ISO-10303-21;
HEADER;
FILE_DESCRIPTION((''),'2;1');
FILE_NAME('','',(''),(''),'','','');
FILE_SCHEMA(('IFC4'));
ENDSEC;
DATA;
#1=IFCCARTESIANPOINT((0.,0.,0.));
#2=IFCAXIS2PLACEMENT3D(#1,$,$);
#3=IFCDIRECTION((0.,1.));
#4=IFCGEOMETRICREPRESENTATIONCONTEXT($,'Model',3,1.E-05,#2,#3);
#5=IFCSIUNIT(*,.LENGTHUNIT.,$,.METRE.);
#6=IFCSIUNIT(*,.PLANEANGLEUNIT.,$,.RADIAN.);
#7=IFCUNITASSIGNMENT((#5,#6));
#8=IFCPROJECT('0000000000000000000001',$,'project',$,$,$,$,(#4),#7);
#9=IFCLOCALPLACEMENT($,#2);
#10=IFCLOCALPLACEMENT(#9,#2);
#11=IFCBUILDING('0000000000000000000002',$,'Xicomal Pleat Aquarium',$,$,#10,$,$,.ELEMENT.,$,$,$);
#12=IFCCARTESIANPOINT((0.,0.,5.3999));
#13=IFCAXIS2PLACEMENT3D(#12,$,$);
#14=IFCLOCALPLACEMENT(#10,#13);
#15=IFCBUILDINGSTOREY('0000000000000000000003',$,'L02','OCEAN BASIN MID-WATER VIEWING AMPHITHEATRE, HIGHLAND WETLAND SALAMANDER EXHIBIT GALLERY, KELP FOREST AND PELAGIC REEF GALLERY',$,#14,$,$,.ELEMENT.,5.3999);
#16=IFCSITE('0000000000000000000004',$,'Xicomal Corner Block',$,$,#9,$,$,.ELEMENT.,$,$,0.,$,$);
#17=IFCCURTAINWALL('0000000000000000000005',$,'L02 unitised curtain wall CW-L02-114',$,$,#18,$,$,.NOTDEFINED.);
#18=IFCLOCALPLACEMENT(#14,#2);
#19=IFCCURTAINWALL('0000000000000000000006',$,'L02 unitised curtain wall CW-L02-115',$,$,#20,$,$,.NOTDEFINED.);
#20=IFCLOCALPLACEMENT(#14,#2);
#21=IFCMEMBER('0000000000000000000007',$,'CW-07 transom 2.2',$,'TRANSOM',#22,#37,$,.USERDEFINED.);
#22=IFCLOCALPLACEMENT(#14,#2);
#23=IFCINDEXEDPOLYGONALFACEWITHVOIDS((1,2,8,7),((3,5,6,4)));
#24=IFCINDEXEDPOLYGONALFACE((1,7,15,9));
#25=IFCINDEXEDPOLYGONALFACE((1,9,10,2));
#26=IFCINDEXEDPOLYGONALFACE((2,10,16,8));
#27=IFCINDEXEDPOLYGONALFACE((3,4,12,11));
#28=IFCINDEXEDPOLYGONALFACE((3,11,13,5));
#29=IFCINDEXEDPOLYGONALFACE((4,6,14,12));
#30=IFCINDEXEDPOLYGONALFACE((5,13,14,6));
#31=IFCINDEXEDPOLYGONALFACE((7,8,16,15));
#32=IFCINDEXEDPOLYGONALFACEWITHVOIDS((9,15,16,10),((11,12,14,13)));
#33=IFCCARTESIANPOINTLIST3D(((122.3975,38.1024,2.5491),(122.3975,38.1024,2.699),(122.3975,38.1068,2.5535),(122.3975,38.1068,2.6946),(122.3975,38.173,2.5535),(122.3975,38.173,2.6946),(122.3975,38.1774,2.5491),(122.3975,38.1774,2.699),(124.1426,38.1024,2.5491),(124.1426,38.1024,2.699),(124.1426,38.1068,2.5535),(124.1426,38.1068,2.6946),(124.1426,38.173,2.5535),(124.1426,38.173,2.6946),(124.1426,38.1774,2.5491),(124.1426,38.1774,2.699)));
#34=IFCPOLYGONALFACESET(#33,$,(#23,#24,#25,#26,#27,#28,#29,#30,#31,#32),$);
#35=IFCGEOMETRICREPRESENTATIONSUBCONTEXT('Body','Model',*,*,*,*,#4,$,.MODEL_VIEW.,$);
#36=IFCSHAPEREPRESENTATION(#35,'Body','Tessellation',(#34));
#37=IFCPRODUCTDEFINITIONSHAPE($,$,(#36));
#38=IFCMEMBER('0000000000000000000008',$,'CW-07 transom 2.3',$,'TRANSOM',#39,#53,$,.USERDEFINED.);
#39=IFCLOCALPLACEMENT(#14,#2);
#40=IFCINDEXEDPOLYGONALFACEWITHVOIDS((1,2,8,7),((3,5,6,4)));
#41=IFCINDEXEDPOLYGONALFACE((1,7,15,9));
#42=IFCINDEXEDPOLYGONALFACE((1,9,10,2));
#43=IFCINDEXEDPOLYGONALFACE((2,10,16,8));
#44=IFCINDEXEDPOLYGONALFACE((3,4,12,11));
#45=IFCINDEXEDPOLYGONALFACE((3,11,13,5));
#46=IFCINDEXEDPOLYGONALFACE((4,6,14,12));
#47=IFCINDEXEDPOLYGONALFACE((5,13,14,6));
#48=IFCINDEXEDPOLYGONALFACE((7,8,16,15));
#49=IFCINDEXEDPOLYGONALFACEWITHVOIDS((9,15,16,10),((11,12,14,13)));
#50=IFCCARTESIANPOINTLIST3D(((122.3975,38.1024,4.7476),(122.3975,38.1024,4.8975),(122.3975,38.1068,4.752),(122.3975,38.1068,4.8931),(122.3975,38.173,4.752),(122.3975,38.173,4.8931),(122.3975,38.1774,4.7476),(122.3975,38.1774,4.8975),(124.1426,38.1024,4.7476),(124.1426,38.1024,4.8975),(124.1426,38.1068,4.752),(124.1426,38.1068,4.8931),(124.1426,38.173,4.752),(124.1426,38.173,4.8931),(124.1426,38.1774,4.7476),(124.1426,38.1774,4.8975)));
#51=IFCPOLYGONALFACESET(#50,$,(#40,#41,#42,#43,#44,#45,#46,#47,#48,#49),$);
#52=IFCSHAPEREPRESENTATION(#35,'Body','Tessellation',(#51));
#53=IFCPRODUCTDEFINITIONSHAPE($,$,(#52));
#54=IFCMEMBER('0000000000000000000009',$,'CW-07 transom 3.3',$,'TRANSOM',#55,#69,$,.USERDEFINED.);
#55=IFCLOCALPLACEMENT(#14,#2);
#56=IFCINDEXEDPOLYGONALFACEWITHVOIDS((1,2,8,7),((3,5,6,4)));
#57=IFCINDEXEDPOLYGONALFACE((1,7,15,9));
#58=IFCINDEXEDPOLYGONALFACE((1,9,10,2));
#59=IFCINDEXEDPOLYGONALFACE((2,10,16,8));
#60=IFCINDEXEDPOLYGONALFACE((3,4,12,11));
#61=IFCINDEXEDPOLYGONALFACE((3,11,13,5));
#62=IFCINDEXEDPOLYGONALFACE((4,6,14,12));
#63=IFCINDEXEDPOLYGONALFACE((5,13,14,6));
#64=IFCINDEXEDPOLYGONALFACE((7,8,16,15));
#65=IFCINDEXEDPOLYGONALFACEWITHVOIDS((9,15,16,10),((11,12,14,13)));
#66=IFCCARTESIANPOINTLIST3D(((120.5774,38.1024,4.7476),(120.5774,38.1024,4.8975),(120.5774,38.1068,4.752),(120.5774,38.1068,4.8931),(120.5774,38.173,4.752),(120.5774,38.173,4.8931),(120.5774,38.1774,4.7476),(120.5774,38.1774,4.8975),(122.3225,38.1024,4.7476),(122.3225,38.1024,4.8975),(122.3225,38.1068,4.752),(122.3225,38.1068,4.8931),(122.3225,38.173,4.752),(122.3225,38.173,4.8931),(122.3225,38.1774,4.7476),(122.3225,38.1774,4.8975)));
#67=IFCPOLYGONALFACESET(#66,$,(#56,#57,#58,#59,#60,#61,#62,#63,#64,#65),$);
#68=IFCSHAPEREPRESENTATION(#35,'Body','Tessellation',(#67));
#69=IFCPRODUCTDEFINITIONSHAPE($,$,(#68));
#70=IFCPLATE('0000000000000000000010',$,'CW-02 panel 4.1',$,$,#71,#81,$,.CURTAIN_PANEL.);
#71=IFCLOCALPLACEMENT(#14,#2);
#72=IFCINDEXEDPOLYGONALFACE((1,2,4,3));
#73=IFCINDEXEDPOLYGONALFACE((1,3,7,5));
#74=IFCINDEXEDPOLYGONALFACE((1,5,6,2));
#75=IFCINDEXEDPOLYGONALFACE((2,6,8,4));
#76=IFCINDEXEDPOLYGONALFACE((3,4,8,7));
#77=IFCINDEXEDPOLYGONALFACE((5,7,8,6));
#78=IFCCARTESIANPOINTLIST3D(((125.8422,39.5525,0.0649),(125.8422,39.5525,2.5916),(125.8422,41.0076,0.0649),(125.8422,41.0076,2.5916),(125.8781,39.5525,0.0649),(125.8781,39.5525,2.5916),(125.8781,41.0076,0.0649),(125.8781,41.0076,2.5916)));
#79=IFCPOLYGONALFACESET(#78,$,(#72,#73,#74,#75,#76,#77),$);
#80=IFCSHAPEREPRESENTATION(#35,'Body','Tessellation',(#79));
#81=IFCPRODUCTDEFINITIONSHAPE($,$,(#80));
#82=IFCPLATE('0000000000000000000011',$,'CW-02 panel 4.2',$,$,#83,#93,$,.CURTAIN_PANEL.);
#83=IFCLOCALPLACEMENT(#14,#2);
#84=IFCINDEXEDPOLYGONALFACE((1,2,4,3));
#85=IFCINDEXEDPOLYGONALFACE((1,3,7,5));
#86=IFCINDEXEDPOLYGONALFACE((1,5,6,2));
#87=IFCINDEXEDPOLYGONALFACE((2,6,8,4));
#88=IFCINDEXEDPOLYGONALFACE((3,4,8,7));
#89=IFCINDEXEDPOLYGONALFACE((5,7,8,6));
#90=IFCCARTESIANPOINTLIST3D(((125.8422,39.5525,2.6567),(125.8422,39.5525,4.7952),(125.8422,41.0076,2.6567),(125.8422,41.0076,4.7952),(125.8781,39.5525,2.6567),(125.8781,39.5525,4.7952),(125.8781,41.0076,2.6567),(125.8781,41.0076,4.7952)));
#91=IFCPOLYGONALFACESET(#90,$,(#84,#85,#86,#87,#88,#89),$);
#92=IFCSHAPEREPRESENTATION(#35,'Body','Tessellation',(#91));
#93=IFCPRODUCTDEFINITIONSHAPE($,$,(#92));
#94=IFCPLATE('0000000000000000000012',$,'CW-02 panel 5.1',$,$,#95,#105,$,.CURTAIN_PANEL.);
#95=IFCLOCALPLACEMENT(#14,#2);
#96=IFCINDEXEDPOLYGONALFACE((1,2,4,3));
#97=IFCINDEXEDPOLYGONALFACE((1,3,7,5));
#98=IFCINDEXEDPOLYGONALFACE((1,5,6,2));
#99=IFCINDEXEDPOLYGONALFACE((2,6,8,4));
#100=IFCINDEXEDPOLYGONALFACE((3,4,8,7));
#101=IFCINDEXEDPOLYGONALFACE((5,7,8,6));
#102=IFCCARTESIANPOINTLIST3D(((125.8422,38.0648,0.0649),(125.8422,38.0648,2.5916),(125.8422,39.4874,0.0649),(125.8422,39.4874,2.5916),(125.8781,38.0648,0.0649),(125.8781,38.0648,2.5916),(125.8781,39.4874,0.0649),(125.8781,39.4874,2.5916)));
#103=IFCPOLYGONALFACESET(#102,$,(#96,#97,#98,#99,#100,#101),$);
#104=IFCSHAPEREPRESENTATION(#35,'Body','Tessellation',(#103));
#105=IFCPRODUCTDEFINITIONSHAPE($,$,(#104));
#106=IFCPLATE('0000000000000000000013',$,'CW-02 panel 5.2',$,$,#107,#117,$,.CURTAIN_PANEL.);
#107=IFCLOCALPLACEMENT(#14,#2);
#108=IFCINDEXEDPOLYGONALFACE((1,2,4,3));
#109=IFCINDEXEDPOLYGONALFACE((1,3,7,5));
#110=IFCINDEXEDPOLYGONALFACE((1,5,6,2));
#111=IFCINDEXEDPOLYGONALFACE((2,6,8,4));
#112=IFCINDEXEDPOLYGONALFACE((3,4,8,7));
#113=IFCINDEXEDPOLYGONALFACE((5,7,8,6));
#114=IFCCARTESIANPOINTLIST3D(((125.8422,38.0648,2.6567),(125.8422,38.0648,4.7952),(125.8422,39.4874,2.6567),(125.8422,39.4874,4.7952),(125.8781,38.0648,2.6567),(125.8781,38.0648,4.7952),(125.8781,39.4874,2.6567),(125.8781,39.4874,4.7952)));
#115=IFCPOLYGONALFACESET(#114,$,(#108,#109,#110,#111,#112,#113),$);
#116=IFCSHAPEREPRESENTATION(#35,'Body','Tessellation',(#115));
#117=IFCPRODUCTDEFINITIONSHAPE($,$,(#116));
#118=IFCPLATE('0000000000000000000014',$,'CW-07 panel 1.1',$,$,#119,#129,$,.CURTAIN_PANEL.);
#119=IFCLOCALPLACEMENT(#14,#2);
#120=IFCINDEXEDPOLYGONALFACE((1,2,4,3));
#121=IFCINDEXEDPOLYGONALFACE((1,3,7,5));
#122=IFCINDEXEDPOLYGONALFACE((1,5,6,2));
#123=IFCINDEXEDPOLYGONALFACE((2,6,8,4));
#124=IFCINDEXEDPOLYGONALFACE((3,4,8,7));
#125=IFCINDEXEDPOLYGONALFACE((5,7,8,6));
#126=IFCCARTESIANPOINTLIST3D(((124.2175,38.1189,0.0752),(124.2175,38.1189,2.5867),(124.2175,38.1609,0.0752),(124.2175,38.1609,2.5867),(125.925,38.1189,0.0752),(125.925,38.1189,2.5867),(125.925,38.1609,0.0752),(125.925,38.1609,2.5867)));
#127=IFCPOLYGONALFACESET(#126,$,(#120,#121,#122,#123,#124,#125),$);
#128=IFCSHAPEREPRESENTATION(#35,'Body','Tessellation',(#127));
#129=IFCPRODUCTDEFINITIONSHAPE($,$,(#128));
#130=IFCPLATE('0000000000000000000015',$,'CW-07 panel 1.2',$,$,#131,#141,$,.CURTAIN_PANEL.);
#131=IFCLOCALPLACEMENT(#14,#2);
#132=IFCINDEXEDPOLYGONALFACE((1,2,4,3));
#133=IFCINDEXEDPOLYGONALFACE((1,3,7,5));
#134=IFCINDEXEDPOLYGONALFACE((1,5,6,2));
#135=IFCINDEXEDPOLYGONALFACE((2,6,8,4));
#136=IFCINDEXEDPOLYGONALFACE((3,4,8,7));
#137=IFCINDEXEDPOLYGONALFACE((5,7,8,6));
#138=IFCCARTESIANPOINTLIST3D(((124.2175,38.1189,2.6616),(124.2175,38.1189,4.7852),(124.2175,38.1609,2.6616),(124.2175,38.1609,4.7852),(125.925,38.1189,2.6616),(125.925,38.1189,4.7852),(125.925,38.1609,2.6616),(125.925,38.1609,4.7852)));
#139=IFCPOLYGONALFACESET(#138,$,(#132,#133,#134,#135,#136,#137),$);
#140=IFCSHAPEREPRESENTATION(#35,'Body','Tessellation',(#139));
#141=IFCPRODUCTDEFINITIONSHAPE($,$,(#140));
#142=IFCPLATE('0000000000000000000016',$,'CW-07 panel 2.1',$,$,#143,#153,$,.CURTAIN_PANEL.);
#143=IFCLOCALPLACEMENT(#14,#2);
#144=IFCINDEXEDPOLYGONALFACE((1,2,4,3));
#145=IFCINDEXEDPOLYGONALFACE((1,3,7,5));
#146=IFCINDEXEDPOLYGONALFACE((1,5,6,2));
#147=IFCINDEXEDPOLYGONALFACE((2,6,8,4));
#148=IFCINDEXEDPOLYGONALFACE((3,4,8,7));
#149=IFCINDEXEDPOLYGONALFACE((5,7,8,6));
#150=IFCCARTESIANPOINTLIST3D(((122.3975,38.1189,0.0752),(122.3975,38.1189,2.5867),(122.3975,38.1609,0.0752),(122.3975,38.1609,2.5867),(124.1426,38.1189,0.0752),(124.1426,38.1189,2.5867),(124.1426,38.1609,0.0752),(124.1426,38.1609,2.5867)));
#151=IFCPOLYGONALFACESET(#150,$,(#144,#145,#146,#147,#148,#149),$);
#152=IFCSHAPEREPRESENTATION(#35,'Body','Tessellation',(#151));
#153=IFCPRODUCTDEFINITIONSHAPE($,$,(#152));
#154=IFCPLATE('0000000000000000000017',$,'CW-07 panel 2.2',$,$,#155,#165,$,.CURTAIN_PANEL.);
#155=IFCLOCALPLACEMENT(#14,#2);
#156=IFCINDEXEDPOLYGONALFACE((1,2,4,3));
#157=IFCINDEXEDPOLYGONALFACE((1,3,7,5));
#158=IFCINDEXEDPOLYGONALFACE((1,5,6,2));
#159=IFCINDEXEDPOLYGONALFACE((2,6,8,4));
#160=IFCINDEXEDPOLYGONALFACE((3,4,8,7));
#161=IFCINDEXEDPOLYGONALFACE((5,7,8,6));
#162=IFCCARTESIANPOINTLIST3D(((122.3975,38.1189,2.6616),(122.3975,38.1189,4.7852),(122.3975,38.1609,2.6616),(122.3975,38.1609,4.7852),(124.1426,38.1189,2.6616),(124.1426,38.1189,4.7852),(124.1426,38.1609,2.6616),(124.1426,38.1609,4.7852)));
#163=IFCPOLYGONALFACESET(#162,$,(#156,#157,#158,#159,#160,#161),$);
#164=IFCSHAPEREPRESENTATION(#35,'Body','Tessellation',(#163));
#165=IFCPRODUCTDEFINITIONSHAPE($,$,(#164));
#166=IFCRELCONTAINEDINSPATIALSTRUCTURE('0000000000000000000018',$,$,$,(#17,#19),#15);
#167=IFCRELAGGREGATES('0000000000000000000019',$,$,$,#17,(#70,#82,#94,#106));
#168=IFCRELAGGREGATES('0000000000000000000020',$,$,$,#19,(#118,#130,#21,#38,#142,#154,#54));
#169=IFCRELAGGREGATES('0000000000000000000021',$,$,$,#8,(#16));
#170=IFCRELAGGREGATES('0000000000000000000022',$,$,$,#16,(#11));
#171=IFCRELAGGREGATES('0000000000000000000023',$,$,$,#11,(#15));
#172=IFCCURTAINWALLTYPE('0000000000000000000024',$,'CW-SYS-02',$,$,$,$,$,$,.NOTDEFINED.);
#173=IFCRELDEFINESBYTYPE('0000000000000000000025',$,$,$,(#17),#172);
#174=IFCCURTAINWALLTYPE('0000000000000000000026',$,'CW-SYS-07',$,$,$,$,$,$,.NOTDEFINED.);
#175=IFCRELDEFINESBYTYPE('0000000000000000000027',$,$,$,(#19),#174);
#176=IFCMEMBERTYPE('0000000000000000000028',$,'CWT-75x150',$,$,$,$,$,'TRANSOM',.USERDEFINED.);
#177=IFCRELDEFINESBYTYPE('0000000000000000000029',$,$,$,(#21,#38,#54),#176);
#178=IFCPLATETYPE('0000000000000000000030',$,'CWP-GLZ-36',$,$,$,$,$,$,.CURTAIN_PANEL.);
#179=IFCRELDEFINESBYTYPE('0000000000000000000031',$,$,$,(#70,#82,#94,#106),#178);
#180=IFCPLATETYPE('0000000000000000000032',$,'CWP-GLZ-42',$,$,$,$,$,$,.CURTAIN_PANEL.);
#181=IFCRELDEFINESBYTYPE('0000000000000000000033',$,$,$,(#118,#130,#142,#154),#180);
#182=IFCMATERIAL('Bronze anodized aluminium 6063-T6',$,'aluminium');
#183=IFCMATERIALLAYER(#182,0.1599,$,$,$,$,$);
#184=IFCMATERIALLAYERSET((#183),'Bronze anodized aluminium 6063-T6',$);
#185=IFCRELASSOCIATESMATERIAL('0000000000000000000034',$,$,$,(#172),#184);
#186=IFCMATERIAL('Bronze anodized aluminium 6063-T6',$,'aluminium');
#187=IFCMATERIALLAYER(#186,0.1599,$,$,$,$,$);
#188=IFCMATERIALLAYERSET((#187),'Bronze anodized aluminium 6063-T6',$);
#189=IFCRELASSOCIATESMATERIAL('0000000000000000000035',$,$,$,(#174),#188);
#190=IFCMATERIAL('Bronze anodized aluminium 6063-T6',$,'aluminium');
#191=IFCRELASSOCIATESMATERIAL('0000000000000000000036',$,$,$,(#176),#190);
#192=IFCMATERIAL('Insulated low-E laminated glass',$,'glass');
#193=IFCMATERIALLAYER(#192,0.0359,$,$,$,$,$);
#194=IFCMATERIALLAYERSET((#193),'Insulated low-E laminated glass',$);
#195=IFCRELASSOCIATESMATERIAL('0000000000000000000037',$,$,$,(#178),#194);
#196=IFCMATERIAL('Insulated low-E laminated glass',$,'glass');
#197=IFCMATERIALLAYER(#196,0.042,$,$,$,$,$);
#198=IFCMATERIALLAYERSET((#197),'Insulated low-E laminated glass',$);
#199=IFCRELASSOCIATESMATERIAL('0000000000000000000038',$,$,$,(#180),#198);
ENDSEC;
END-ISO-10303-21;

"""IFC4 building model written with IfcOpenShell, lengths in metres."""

from ifc_helpers import new_model, si_unit, direction, frame, origin, origin_2d, place, context, subcontext, project, spatial, rectangle, hollow_rectangle, extrude, material, layer, layer_set, material_profile, profile_set, type_object, element, aggregate, save


model = new_model("IFC4")

# Units and contexts
model_context = context("Model", 3, precision=1e-05, world=origin(), true_north=direction((0.0, 1.0)))
body_context = subcontext(model_context, "Body", "Model", "MODEL_VIEW")
ifc_project = project(units=[si_unit("LENGTHUNIT", "METRE"), si_unit("PLANEANGLEUNIT", "RADIAN")], contexts=[model_context])

# Site, building, storey
site_placement = place(None, origin())
site = spatial("IfcSite", under=ifc_project, at=site_placement, Name="Xicomal Corner Block", CompositionType="ELEMENT", RefElevation=0.0)
building_placement = place(site_placement, origin())
building = spatial("IfcBuilding", under=site, at=building_placement, Name="Xicomal Pleat Aquarium", CompositionType="ELEMENT")
storey_placement = place(building_placement, frame((0.0, 0.0, 5.3999)))
storey = spatial("IfcBuildingStorey", under=building, at=storey_placement, Name="L02", Description="OCEAN BASIN MID-WATER VIEWING AMPHITHEATRE, HIGHLAND WETLAND SALAMANDER EXHIBIT GALLERY, KELP FOREST AND PELAGIC REEF GALLERY", CompositionType="ELEMENT", Elevation=5.3999)

# Curtain wall
ifc_material_1 = material(Name="Bronze anodized aluminium 6063-T6", Category="aluminium")
ifc_layer_1 = layer(ifc_material_1, 0.1599)
ifc_layer_set_1 = layer_set([ifc_layer_1], Name="Bronze anodized aluminium 6063-T6")
curtain_wall_type_1 = type_object("IfcCurtainWallType", Name="CW-SYS-02", PredefinedType="NOTDEFINED", material=ifc_layer_set_1)
curtain_wall_1_placement = place(storey_placement, origin())
curtain_wall_1 = element("IfcCurtainWall", 1, at=curtain_wall_1_placement, inside=storey, type_object=curtain_wall_type_1, Name="L02 unitised curtain wall CW-L02-114", PredefinedType="NOTDEFINED")

# Curtain wall
ifc_material_2 = material(Name="Bronze anodized aluminium 6063-T6", Category="aluminium")
ifc_layer_2 = layer(ifc_material_2, 0.1599)
ifc_layer_set_2 = layer_set([ifc_layer_2], Name="Bronze anodized aluminium 6063-T6")
curtain_wall_type_2 = type_object("IfcCurtainWallType", Name="CW-SYS-07", PredefinedType="NOTDEFINED", material=ifc_layer_set_2)
curtain_wall_2_placement = place(storey_placement, origin())
curtain_wall_2 = element("IfcCurtainWall", 2, at=curtain_wall_2_placement, inside=storey, type_object=curtain_wall_type_2, Name="L02 unitised curtain wall CW-L02-115", PredefinedType="NOTDEFINED")

# Members
ifc_material_3 = material(Name="Bronze anodized aluminium 6063-T6", Category="aluminium")
ifc_material_profile_1 = material_profile(ifc_material_3, hollow_rectangle(XDim=0.075, YDim=0.1499, WallThickness=0.0044, at=origin_2d()), Name="ALU TRAN 75x150")
ifc_profile_set_1 = profile_set([ifc_material_profile_1], Name="Bronze anodized aluminium 6063-T6")
member_type_1 = type_object("IfcMemberType", Name="CWT-75x150", ElementType="TRANSOM", PredefinedType="USERDEFINED", material=ifc_profile_set_1)
member_1_placement = place(storey_placement, frame((124.1426, 38.1399, 2.624), z_axis=(-1.0, 0.0, 0.0), x_axis=(0.0, -1.0, 0.0)))
member_1 = element("IfcMember", 3, at=member_1_placement, type_object=member_type_1, Name="CW-07 transom 2.2", ObjectType="TRANSOM", PredefinedType="USERDEFINED", context=body_context, shape_type="SweptSolid", body=[
    extrude(hollow_rectangle(XDim=0.075, YDim=0.1499, WallThickness=0.0044, at=origin_2d()), origin(), (0.0, 0.0, 1.0), 1.7451),
])
member_2_placement = place(storey_placement, frame((124.1426, 38.1399, 4.8225), z_axis=(-1.0, 0.0, 0.0), x_axis=(0.0, -1.0, 0.0)))
member_2 = element("IfcMember", 4, at=member_2_placement, type_object=member_type_1, Name="CW-07 transom 2.3", ObjectType="TRANSOM", PredefinedType="USERDEFINED", context=body_context, shape_type="SweptSolid", body=[
    extrude(hollow_rectangle(XDim=0.075, YDim=0.1499, WallThickness=0.0044, at=origin_2d()), origin(), (0.0, 0.0, 1.0), 1.7451),
])
member_3_placement = place(storey_placement, frame((122.3225, 38.1399, 4.8225), z_axis=(-1.0, 0.0, 0.0), x_axis=(0.0, -1.0, 0.0)))
member_3 = element("IfcMember", 5, at=member_3_placement, type_object=member_type_1, Name="CW-07 transom 3.3", ObjectType="TRANSOM", PredefinedType="USERDEFINED", context=body_context, shape_type="SweptSolid", body=[
    extrude(hollow_rectangle(XDim=0.075, YDim=0.1499, WallThickness=0.0044, at=origin_2d()), origin(), (0.0, 0.0, 1.0), 1.7451),
])

# Plates
ifc_material_4 = material(Name="Insulated low-E laminated glass", Category="glass")
ifc_layer_3 = layer(ifc_material_4, 0.0359)
ifc_layer_set_3 = layer_set([ifc_layer_3], Name="Insulated low-E laminated glass")
plate_type_1 = type_object("IfcPlateType", Name="CWP-GLZ-36", PredefinedType="CURTAIN_PANEL", material=ifc_layer_set_3)
plate_1_placement = place(storey_placement, frame((125.8601, 40.28, 0.0649), z_axis=(0.0, 0.0, 1.0), x_axis=(0.0, -1.0, 0.0)))
plate_1 = element("IfcPlate", 6, at=plate_1_placement, type_object=plate_type_1, Name="CW-02 panel 4.1", PredefinedType="CURTAIN_PANEL", context=body_context, shape_type="SweptSolid", body=[
    extrude(rectangle(XDim=1.4551, YDim=0.0359, at=origin_2d()), origin(), (0.0, 0.0, 1.0), 2.5266),
])
plate_2_placement = place(storey_placement, frame((125.8601, 40.28, 2.6567), z_axis=(0.0, 0.0, 1.0), x_axis=(0.0, -1.0, 0.0)))
plate_2 = element("IfcPlate", 7, at=plate_2_placement, type_object=plate_type_1, Name="CW-02 panel 4.2", PredefinedType="CURTAIN_PANEL", context=body_context, shape_type="SweptSolid", body=[
    extrude(rectangle(XDim=1.4551, YDim=0.0359, at=origin_2d()), origin(), (0.0, 0.0, 1.0), 2.1384),
])
plate_3_placement = place(storey_placement, frame((125.8601, 38.7761, 0.0649), z_axis=(0.0, 0.0, 1.0), x_axis=(0.0, -1.0, 0.0)))
plate_3 = element("IfcPlate", 8, at=plate_3_placement, type_object=plate_type_1, Name="CW-02 panel 5.1", PredefinedType="CURTAIN_PANEL", context=body_context, shape_type="SweptSolid", body=[
    extrude(rectangle(XDim=1.4226, YDim=0.0359, at=origin_2d()), origin(), (0.0, 0.0, 1.0), 2.5266),
])
plate_4_placement = place(storey_placement, frame((125.8601, 38.7761, 2.6567), z_axis=(0.0, 0.0, 1.0), x_axis=(0.0, -1.0, 0.0)))
plate_4 = element("IfcPlate", 9, at=plate_4_placement, type_object=plate_type_1, Name="CW-02 panel 5.2", PredefinedType="CURTAIN_PANEL", context=body_context, shape_type="SweptSolid", body=[
    extrude(rectangle(XDim=1.4226, YDim=0.0359, at=origin_2d()), origin(), (0.0, 0.0, 1.0), 2.1384),
])
aggregate(curtain_wall_1, [plate_1, plate_2, plate_3, plate_4])
ifc_material_5 = material(Name="Insulated low-E laminated glass", Category="glass")
ifc_layer_4 = layer(ifc_material_5, 0.042)
ifc_layer_set_4 = layer_set([ifc_layer_4], Name="Insulated low-E laminated glass")
plate_type_2 = type_object("IfcPlateType", Name="CWP-GLZ-42", PredefinedType="CURTAIN_PANEL", material=ifc_layer_set_4)
plate_5_placement = place(storey_placement, frame((125.0713, 38.1399, 0.0752), z_axis=(0.0, 0.0, 1.0), x_axis=(-1.0, 0.0, 0.0)))
plate_5 = element("IfcPlate", 10, at=plate_5_placement, type_object=plate_type_2, Name="CW-07 panel 1.1", PredefinedType="CURTAIN_PANEL", context=body_context, shape_type="SweptSolid", body=[
    extrude(rectangle(XDim=1.7075, YDim=0.042, at=origin_2d()), origin(), (0.0, 0.0, 1.0), 2.5115),
])
plate_6_placement = place(storey_placement, frame((125.0713, 38.1399, 2.6616), z_axis=(0.0, 0.0, 1.0), x_axis=(-1.0, 0.0, 0.0)))
plate_6 = element("IfcPlate", 11, at=plate_6_placement, type_object=plate_type_2, Name="CW-07 panel 1.2", PredefinedType="CURTAIN_PANEL", context=body_context, shape_type="SweptSolid", body=[
    extrude(rectangle(XDim=1.7075, YDim=0.042, at=origin_2d()), origin(), (0.0, 0.0, 1.0), 2.1235),
])
plate_7_placement = place(storey_placement, frame((123.27, 38.1399, 0.0752), z_axis=(0.0, 0.0, 1.0), x_axis=(-1.0, 0.0, 0.0)))
plate_7 = element("IfcPlate", 12, at=plate_7_placement, type_object=plate_type_2, Name="CW-07 panel 2.1", PredefinedType="CURTAIN_PANEL", context=body_context, shape_type="SweptSolid", body=[
    extrude(rectangle(XDim=1.7451, YDim=0.042, at=origin_2d()), origin(), (0.0, 0.0, 1.0), 2.5115),
])
plate_8_placement = place(storey_placement, frame((123.27, 38.1399, 2.6616), z_axis=(0.0, 0.0, 1.0), x_axis=(-1.0, 0.0, 0.0)))
plate_8 = element("IfcPlate", 13, at=plate_8_placement, type_object=plate_type_2, Name="CW-07 panel 2.2", PredefinedType="CURTAIN_PANEL", context=body_context, shape_type="SweptSolid", body=[
    extrude(rectangle(XDim=1.7451, YDim=0.042, at=origin_2d()), origin(), (0.0, 0.0, 1.0), 2.1235),
])
aggregate(curtain_wall_2, [plate_5, plate_6, member_1, member_2, plate_7, plate_8, member_3])

save(model, "model.ifc")
